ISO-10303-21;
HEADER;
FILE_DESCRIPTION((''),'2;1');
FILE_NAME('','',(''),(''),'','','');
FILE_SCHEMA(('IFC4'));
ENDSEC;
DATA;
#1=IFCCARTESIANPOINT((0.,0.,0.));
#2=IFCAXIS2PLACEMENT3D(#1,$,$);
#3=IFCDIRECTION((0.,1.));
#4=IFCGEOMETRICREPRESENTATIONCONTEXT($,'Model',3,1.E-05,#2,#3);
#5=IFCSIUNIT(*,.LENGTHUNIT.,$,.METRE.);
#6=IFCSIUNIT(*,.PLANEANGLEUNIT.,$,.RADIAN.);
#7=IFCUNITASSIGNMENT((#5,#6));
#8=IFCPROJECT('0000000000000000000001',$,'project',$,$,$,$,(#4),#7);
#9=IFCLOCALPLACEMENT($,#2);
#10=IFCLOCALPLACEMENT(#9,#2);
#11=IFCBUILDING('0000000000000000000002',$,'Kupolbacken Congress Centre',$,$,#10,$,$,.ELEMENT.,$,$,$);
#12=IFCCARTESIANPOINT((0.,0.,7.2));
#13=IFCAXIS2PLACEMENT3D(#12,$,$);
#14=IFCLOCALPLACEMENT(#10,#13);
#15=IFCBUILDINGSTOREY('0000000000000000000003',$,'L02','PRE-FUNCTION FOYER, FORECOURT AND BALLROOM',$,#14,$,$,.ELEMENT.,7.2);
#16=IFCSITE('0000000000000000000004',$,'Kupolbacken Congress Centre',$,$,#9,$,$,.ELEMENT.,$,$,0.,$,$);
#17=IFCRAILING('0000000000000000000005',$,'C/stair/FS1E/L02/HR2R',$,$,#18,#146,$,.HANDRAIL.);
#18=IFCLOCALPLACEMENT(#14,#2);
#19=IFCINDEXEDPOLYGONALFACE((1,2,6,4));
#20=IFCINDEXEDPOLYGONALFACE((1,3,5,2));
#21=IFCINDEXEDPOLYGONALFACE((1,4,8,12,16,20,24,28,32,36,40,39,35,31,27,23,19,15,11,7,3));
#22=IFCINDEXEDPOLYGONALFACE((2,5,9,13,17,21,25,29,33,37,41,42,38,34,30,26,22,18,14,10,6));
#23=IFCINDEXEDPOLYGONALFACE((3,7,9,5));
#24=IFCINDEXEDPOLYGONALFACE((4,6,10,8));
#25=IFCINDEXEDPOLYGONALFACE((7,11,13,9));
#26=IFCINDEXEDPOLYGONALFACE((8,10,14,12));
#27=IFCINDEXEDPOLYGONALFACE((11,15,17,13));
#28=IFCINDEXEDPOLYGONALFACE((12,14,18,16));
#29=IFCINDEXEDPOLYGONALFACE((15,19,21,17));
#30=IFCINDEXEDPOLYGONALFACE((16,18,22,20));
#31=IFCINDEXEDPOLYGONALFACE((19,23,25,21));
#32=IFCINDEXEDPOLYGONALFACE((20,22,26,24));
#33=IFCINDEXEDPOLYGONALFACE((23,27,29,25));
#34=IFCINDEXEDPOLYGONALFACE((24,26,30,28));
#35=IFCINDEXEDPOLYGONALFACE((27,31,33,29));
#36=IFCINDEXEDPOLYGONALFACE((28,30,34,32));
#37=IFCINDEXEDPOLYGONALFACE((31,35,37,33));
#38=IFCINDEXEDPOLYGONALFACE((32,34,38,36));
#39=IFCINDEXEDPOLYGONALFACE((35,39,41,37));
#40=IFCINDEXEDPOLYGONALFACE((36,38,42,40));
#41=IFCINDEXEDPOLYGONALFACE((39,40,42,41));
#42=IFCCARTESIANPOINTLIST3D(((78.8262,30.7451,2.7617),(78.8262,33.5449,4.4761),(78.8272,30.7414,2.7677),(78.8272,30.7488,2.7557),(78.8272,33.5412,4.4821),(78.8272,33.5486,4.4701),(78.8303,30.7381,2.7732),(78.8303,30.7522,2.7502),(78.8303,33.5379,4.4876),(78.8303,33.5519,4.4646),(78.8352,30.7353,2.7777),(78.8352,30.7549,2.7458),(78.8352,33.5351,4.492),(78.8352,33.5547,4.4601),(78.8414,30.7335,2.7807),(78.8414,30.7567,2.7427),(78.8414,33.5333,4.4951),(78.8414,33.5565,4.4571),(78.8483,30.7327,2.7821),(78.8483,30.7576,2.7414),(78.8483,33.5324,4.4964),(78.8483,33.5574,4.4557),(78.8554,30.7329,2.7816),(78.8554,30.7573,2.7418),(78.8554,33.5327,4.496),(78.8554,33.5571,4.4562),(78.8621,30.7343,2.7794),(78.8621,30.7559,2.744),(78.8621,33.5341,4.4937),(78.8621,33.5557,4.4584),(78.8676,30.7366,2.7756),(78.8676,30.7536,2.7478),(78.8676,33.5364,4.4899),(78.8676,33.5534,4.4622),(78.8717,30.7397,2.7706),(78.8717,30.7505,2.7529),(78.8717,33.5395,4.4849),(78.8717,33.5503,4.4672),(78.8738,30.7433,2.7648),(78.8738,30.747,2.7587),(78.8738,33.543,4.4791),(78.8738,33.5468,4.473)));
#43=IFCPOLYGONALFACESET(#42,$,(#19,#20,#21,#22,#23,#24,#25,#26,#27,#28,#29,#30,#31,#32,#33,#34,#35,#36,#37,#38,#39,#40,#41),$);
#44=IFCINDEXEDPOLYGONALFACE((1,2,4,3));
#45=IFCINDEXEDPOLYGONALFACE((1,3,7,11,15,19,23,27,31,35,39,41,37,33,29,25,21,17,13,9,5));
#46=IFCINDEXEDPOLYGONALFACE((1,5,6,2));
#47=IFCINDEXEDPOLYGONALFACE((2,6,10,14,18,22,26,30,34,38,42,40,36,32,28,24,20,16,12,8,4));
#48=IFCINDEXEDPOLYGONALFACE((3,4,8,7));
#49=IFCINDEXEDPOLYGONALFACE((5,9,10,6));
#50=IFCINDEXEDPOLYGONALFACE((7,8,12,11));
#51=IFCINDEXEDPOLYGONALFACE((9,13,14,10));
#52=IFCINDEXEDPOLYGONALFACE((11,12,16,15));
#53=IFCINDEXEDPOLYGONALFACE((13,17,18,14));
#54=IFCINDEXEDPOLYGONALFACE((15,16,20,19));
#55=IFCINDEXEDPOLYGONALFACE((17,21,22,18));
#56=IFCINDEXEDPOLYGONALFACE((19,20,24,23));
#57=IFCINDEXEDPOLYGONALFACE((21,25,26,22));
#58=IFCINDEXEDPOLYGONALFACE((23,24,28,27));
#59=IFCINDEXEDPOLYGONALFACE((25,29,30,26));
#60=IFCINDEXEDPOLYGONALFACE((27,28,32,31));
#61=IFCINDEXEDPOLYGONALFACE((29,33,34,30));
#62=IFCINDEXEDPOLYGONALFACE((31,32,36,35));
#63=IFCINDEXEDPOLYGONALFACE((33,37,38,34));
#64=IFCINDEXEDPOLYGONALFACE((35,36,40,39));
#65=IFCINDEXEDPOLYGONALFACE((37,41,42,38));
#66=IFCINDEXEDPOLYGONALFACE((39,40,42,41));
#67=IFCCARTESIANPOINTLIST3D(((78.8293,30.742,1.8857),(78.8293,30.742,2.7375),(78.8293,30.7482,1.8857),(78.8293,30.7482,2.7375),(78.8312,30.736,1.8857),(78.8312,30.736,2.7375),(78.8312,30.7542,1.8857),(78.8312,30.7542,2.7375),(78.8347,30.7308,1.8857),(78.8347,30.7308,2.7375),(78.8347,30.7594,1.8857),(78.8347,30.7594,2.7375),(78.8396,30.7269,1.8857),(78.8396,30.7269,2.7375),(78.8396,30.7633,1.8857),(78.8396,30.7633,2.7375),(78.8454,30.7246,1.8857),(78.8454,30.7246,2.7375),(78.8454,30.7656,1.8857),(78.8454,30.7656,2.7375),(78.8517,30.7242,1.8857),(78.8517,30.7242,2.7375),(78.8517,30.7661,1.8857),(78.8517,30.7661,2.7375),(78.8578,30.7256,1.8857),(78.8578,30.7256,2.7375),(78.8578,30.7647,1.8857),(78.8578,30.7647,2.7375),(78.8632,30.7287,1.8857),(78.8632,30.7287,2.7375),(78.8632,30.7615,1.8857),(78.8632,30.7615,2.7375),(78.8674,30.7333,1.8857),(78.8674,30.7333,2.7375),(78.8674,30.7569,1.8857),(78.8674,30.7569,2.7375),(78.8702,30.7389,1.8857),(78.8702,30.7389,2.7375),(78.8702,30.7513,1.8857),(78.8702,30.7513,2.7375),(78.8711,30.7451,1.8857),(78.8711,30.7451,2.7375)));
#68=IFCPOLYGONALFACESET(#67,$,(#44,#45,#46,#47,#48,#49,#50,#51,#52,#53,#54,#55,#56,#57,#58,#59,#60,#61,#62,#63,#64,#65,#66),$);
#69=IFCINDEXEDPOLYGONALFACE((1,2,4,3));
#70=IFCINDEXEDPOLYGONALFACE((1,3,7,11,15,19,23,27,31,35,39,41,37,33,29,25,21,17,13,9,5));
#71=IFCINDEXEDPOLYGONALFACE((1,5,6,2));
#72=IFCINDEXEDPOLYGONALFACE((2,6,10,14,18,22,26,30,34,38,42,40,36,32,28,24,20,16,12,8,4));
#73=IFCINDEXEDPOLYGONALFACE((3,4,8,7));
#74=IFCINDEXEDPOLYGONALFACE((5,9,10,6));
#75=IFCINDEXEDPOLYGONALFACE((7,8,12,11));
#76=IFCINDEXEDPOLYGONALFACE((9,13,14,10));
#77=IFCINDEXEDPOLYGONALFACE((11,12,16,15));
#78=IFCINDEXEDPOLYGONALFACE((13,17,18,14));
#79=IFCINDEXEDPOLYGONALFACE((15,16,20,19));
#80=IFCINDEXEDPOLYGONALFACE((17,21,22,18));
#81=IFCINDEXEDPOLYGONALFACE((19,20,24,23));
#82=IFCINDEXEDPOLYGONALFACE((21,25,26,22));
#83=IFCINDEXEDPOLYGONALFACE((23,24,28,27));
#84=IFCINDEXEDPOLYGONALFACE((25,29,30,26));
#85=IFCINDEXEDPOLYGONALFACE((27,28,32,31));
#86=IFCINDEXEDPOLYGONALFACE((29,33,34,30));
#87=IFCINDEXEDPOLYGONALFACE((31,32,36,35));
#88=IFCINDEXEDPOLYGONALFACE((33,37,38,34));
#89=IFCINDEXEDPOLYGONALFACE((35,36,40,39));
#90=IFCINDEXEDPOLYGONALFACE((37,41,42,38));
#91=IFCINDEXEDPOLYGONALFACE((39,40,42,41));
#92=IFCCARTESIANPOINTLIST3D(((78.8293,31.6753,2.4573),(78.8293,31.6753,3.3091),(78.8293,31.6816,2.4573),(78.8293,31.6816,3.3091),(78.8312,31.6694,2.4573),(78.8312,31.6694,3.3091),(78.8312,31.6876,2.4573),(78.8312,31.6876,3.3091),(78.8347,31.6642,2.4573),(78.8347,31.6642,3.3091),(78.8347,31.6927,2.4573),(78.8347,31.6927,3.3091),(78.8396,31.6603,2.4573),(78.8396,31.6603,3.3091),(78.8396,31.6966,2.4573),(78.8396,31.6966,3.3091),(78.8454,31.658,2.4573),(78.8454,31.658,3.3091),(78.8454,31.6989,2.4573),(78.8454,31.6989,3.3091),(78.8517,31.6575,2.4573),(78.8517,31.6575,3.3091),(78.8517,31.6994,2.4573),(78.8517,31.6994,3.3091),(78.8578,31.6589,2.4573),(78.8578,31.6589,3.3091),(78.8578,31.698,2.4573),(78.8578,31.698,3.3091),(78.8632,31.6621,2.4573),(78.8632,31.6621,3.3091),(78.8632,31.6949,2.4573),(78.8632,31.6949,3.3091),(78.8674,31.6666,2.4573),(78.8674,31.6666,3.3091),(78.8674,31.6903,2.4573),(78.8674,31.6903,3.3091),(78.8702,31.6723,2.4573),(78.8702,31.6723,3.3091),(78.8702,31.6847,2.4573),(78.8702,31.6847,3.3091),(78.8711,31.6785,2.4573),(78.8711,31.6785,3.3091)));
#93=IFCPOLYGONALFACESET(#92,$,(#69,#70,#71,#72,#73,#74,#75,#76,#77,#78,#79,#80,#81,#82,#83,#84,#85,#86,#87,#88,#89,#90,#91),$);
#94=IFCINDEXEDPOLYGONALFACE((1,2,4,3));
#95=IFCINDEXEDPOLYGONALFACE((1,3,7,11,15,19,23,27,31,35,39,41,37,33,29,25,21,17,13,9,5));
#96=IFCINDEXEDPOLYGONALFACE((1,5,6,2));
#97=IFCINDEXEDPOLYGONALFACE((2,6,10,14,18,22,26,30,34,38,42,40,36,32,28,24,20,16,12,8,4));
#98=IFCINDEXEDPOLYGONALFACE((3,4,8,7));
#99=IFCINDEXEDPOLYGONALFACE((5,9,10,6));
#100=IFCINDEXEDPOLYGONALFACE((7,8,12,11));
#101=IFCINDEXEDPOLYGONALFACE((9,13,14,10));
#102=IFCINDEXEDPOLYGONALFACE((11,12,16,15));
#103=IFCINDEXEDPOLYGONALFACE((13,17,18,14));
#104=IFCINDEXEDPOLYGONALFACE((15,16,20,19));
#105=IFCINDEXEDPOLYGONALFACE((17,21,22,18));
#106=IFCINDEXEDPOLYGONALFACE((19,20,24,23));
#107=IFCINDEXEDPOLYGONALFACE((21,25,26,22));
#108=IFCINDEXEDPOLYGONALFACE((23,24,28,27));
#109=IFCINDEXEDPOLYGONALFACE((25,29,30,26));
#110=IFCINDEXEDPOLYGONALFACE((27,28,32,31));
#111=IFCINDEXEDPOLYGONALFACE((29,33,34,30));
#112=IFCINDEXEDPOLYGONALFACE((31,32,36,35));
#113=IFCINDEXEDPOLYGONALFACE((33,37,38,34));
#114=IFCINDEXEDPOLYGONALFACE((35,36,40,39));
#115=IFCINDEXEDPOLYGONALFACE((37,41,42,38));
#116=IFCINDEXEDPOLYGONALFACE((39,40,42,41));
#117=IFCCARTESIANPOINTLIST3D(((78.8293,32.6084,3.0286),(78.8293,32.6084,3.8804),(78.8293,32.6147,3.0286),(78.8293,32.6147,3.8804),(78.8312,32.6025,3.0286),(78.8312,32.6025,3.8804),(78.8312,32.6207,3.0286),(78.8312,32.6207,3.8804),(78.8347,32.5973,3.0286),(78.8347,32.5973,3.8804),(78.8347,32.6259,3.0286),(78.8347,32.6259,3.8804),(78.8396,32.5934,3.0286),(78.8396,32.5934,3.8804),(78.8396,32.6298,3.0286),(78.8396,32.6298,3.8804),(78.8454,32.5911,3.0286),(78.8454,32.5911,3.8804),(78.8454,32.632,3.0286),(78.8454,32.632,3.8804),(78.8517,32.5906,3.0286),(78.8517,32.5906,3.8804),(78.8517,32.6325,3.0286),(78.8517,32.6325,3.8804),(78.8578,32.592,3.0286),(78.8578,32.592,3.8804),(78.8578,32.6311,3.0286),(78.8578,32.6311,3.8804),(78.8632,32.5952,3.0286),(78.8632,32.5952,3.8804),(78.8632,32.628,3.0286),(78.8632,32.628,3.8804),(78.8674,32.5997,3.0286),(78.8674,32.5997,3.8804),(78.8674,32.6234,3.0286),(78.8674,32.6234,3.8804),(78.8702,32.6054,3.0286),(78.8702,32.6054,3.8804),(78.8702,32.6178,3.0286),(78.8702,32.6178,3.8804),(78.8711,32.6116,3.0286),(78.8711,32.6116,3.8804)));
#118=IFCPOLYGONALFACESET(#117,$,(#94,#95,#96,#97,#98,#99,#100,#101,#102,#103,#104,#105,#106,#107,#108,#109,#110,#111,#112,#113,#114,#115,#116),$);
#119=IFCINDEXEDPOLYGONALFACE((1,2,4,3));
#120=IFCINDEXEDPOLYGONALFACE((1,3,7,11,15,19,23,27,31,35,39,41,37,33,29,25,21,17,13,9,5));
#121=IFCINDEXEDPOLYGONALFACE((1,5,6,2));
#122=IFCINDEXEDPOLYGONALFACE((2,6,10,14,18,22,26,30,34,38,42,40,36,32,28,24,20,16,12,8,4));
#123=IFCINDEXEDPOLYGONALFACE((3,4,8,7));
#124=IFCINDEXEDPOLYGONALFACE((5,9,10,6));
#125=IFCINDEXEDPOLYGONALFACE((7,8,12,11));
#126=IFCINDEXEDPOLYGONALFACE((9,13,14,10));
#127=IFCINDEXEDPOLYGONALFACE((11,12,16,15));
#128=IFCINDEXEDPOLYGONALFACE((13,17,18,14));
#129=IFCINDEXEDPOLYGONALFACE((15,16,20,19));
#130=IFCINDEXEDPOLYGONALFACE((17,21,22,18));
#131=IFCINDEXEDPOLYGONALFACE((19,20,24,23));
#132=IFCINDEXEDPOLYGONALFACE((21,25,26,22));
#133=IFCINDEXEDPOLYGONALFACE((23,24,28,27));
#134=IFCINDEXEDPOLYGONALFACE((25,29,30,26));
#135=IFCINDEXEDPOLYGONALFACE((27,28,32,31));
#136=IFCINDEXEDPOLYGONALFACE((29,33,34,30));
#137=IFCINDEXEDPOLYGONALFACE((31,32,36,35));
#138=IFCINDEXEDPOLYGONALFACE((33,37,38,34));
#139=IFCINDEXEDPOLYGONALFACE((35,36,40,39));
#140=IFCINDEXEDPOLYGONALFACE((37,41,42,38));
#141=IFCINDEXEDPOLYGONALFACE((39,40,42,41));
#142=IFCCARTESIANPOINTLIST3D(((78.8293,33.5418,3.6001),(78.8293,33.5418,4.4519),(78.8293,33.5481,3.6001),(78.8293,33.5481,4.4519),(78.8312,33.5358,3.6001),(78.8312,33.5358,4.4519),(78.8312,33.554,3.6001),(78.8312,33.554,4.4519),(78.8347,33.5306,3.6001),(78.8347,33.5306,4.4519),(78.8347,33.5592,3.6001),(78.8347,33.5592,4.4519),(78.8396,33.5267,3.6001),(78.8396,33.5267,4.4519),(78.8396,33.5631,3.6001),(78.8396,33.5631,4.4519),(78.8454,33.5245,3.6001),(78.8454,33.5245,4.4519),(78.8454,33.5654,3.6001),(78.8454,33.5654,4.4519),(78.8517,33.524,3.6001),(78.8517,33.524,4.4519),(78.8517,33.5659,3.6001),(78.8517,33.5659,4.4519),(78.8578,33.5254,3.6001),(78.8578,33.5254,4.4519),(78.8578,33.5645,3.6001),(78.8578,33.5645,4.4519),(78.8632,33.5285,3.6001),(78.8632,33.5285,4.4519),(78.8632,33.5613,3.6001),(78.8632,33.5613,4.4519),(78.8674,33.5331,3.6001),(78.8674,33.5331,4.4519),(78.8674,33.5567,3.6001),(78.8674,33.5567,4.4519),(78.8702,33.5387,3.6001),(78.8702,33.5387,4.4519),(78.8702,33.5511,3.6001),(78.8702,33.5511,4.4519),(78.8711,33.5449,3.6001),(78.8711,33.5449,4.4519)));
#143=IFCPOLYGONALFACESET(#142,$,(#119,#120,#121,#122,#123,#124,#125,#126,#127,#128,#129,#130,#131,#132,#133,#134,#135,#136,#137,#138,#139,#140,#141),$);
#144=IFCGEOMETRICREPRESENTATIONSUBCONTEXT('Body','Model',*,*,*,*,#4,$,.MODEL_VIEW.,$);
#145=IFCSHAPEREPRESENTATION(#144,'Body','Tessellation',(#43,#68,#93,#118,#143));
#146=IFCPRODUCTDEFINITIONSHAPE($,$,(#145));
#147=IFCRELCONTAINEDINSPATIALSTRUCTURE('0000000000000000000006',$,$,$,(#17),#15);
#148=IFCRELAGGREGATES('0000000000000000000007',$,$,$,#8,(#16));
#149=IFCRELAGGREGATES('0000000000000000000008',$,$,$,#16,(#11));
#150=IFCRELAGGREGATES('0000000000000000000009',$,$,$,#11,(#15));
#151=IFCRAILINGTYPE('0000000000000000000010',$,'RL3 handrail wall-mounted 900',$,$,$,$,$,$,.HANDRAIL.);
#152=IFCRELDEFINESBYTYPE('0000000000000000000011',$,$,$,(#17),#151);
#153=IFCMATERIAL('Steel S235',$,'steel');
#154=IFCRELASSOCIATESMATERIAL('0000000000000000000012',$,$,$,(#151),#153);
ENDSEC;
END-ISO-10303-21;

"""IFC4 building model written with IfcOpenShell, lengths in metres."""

from ifc_helpers import new_model, si_unit, direction, frame, origin, origin_2d, place, context, subcontext, project, spatial, circle, extrude, material, type_object, element, save


model = new_model("IFC4")

# Units and contexts
model_context = context("Model", 3, precision=1e-05, world=origin(), true_north=direction((0.0, 1.0)))
body_context = subcontext(model_context, "Body", "Model", "MODEL_VIEW")
ifc_project = project(units=[si_unit("LENGTHUNIT", "METRE"), si_unit("PLANEANGLEUNIT", "RADIAN")], contexts=[model_context])

# Site, building, storey
site_placement = place(None, origin())
site = spatial("IfcSite", under=ifc_project, at=site_placement, Name="Kupolbacken Congress Centre", CompositionType="ELEMENT", RefElevation=0.0)
building_placement = place(site_placement, origin())
building = spatial("IfcBuilding", under=site, at=building_placement, Name="Kupolbacken Congress Centre", CompositionType="ELEMENT")
storey_placement = place(building_placement, frame((0.0, 0.0, 7.2)))
storey = spatial("IfcBuildingStorey", under=building, at=storey_placement, Name="L02", Description="PRE-FUNCTION FOYER, FORECOURT AND BALLROOM", CompositionType="ELEMENT", Elevation=7.2)

# Railing
ifc_material_1 = material(Name="Steel S235", Category="steel")
railing_type_1 = type_object("IfcRailingType", Name="RL3 handrail wall-mounted 900", PredefinedType="HANDRAIL", material=ifc_material_1)
for number, where, name in (
    (1, (78.8501, 30.7451, 1.8857), "C/stair/FS1E/L02/HR2R"),
):
    element("IfcRailing", number, at=place(storey_placement, frame(where)), inside=storey, type_object=railing_type_1, Name=name, PredefinedType="HANDRAIL", context=body_context, shape_type="SweptSolid", body=[
        extrude(circle(Radius=0.0239, at=origin_2d()), frame((0.0, 0.0, 0.876), z_axis=(0.0, 0.852826, 0.522196), x_axis=(-1.0, 0.0, 0.0)), (0.0, 0.0, 1.0), 3.283),
        extrude(circle(Radius=0.021, at=origin_2d()), origin(), (0.0, 0.0, 1.0), 0.8518),
        extrude(circle(Radius=0.021, at=origin_2d()), frame((0.0, 0.9333, 0.5715)), (0.0, 0.0, 1.0), 0.8518),
        extrude(circle(Radius=0.021, at=origin_2d()), frame((0.0, 1.8665, 1.1428)), (0.0, 0.0, 1.0), 0.8518),
        extrude(circle(Radius=0.021, at=origin_2d()), frame((0.0, 2.7998, 1.7144)), (0.0, 0.0, 1.0), 0.8518),
    ])

save(model, "model.ifc")
